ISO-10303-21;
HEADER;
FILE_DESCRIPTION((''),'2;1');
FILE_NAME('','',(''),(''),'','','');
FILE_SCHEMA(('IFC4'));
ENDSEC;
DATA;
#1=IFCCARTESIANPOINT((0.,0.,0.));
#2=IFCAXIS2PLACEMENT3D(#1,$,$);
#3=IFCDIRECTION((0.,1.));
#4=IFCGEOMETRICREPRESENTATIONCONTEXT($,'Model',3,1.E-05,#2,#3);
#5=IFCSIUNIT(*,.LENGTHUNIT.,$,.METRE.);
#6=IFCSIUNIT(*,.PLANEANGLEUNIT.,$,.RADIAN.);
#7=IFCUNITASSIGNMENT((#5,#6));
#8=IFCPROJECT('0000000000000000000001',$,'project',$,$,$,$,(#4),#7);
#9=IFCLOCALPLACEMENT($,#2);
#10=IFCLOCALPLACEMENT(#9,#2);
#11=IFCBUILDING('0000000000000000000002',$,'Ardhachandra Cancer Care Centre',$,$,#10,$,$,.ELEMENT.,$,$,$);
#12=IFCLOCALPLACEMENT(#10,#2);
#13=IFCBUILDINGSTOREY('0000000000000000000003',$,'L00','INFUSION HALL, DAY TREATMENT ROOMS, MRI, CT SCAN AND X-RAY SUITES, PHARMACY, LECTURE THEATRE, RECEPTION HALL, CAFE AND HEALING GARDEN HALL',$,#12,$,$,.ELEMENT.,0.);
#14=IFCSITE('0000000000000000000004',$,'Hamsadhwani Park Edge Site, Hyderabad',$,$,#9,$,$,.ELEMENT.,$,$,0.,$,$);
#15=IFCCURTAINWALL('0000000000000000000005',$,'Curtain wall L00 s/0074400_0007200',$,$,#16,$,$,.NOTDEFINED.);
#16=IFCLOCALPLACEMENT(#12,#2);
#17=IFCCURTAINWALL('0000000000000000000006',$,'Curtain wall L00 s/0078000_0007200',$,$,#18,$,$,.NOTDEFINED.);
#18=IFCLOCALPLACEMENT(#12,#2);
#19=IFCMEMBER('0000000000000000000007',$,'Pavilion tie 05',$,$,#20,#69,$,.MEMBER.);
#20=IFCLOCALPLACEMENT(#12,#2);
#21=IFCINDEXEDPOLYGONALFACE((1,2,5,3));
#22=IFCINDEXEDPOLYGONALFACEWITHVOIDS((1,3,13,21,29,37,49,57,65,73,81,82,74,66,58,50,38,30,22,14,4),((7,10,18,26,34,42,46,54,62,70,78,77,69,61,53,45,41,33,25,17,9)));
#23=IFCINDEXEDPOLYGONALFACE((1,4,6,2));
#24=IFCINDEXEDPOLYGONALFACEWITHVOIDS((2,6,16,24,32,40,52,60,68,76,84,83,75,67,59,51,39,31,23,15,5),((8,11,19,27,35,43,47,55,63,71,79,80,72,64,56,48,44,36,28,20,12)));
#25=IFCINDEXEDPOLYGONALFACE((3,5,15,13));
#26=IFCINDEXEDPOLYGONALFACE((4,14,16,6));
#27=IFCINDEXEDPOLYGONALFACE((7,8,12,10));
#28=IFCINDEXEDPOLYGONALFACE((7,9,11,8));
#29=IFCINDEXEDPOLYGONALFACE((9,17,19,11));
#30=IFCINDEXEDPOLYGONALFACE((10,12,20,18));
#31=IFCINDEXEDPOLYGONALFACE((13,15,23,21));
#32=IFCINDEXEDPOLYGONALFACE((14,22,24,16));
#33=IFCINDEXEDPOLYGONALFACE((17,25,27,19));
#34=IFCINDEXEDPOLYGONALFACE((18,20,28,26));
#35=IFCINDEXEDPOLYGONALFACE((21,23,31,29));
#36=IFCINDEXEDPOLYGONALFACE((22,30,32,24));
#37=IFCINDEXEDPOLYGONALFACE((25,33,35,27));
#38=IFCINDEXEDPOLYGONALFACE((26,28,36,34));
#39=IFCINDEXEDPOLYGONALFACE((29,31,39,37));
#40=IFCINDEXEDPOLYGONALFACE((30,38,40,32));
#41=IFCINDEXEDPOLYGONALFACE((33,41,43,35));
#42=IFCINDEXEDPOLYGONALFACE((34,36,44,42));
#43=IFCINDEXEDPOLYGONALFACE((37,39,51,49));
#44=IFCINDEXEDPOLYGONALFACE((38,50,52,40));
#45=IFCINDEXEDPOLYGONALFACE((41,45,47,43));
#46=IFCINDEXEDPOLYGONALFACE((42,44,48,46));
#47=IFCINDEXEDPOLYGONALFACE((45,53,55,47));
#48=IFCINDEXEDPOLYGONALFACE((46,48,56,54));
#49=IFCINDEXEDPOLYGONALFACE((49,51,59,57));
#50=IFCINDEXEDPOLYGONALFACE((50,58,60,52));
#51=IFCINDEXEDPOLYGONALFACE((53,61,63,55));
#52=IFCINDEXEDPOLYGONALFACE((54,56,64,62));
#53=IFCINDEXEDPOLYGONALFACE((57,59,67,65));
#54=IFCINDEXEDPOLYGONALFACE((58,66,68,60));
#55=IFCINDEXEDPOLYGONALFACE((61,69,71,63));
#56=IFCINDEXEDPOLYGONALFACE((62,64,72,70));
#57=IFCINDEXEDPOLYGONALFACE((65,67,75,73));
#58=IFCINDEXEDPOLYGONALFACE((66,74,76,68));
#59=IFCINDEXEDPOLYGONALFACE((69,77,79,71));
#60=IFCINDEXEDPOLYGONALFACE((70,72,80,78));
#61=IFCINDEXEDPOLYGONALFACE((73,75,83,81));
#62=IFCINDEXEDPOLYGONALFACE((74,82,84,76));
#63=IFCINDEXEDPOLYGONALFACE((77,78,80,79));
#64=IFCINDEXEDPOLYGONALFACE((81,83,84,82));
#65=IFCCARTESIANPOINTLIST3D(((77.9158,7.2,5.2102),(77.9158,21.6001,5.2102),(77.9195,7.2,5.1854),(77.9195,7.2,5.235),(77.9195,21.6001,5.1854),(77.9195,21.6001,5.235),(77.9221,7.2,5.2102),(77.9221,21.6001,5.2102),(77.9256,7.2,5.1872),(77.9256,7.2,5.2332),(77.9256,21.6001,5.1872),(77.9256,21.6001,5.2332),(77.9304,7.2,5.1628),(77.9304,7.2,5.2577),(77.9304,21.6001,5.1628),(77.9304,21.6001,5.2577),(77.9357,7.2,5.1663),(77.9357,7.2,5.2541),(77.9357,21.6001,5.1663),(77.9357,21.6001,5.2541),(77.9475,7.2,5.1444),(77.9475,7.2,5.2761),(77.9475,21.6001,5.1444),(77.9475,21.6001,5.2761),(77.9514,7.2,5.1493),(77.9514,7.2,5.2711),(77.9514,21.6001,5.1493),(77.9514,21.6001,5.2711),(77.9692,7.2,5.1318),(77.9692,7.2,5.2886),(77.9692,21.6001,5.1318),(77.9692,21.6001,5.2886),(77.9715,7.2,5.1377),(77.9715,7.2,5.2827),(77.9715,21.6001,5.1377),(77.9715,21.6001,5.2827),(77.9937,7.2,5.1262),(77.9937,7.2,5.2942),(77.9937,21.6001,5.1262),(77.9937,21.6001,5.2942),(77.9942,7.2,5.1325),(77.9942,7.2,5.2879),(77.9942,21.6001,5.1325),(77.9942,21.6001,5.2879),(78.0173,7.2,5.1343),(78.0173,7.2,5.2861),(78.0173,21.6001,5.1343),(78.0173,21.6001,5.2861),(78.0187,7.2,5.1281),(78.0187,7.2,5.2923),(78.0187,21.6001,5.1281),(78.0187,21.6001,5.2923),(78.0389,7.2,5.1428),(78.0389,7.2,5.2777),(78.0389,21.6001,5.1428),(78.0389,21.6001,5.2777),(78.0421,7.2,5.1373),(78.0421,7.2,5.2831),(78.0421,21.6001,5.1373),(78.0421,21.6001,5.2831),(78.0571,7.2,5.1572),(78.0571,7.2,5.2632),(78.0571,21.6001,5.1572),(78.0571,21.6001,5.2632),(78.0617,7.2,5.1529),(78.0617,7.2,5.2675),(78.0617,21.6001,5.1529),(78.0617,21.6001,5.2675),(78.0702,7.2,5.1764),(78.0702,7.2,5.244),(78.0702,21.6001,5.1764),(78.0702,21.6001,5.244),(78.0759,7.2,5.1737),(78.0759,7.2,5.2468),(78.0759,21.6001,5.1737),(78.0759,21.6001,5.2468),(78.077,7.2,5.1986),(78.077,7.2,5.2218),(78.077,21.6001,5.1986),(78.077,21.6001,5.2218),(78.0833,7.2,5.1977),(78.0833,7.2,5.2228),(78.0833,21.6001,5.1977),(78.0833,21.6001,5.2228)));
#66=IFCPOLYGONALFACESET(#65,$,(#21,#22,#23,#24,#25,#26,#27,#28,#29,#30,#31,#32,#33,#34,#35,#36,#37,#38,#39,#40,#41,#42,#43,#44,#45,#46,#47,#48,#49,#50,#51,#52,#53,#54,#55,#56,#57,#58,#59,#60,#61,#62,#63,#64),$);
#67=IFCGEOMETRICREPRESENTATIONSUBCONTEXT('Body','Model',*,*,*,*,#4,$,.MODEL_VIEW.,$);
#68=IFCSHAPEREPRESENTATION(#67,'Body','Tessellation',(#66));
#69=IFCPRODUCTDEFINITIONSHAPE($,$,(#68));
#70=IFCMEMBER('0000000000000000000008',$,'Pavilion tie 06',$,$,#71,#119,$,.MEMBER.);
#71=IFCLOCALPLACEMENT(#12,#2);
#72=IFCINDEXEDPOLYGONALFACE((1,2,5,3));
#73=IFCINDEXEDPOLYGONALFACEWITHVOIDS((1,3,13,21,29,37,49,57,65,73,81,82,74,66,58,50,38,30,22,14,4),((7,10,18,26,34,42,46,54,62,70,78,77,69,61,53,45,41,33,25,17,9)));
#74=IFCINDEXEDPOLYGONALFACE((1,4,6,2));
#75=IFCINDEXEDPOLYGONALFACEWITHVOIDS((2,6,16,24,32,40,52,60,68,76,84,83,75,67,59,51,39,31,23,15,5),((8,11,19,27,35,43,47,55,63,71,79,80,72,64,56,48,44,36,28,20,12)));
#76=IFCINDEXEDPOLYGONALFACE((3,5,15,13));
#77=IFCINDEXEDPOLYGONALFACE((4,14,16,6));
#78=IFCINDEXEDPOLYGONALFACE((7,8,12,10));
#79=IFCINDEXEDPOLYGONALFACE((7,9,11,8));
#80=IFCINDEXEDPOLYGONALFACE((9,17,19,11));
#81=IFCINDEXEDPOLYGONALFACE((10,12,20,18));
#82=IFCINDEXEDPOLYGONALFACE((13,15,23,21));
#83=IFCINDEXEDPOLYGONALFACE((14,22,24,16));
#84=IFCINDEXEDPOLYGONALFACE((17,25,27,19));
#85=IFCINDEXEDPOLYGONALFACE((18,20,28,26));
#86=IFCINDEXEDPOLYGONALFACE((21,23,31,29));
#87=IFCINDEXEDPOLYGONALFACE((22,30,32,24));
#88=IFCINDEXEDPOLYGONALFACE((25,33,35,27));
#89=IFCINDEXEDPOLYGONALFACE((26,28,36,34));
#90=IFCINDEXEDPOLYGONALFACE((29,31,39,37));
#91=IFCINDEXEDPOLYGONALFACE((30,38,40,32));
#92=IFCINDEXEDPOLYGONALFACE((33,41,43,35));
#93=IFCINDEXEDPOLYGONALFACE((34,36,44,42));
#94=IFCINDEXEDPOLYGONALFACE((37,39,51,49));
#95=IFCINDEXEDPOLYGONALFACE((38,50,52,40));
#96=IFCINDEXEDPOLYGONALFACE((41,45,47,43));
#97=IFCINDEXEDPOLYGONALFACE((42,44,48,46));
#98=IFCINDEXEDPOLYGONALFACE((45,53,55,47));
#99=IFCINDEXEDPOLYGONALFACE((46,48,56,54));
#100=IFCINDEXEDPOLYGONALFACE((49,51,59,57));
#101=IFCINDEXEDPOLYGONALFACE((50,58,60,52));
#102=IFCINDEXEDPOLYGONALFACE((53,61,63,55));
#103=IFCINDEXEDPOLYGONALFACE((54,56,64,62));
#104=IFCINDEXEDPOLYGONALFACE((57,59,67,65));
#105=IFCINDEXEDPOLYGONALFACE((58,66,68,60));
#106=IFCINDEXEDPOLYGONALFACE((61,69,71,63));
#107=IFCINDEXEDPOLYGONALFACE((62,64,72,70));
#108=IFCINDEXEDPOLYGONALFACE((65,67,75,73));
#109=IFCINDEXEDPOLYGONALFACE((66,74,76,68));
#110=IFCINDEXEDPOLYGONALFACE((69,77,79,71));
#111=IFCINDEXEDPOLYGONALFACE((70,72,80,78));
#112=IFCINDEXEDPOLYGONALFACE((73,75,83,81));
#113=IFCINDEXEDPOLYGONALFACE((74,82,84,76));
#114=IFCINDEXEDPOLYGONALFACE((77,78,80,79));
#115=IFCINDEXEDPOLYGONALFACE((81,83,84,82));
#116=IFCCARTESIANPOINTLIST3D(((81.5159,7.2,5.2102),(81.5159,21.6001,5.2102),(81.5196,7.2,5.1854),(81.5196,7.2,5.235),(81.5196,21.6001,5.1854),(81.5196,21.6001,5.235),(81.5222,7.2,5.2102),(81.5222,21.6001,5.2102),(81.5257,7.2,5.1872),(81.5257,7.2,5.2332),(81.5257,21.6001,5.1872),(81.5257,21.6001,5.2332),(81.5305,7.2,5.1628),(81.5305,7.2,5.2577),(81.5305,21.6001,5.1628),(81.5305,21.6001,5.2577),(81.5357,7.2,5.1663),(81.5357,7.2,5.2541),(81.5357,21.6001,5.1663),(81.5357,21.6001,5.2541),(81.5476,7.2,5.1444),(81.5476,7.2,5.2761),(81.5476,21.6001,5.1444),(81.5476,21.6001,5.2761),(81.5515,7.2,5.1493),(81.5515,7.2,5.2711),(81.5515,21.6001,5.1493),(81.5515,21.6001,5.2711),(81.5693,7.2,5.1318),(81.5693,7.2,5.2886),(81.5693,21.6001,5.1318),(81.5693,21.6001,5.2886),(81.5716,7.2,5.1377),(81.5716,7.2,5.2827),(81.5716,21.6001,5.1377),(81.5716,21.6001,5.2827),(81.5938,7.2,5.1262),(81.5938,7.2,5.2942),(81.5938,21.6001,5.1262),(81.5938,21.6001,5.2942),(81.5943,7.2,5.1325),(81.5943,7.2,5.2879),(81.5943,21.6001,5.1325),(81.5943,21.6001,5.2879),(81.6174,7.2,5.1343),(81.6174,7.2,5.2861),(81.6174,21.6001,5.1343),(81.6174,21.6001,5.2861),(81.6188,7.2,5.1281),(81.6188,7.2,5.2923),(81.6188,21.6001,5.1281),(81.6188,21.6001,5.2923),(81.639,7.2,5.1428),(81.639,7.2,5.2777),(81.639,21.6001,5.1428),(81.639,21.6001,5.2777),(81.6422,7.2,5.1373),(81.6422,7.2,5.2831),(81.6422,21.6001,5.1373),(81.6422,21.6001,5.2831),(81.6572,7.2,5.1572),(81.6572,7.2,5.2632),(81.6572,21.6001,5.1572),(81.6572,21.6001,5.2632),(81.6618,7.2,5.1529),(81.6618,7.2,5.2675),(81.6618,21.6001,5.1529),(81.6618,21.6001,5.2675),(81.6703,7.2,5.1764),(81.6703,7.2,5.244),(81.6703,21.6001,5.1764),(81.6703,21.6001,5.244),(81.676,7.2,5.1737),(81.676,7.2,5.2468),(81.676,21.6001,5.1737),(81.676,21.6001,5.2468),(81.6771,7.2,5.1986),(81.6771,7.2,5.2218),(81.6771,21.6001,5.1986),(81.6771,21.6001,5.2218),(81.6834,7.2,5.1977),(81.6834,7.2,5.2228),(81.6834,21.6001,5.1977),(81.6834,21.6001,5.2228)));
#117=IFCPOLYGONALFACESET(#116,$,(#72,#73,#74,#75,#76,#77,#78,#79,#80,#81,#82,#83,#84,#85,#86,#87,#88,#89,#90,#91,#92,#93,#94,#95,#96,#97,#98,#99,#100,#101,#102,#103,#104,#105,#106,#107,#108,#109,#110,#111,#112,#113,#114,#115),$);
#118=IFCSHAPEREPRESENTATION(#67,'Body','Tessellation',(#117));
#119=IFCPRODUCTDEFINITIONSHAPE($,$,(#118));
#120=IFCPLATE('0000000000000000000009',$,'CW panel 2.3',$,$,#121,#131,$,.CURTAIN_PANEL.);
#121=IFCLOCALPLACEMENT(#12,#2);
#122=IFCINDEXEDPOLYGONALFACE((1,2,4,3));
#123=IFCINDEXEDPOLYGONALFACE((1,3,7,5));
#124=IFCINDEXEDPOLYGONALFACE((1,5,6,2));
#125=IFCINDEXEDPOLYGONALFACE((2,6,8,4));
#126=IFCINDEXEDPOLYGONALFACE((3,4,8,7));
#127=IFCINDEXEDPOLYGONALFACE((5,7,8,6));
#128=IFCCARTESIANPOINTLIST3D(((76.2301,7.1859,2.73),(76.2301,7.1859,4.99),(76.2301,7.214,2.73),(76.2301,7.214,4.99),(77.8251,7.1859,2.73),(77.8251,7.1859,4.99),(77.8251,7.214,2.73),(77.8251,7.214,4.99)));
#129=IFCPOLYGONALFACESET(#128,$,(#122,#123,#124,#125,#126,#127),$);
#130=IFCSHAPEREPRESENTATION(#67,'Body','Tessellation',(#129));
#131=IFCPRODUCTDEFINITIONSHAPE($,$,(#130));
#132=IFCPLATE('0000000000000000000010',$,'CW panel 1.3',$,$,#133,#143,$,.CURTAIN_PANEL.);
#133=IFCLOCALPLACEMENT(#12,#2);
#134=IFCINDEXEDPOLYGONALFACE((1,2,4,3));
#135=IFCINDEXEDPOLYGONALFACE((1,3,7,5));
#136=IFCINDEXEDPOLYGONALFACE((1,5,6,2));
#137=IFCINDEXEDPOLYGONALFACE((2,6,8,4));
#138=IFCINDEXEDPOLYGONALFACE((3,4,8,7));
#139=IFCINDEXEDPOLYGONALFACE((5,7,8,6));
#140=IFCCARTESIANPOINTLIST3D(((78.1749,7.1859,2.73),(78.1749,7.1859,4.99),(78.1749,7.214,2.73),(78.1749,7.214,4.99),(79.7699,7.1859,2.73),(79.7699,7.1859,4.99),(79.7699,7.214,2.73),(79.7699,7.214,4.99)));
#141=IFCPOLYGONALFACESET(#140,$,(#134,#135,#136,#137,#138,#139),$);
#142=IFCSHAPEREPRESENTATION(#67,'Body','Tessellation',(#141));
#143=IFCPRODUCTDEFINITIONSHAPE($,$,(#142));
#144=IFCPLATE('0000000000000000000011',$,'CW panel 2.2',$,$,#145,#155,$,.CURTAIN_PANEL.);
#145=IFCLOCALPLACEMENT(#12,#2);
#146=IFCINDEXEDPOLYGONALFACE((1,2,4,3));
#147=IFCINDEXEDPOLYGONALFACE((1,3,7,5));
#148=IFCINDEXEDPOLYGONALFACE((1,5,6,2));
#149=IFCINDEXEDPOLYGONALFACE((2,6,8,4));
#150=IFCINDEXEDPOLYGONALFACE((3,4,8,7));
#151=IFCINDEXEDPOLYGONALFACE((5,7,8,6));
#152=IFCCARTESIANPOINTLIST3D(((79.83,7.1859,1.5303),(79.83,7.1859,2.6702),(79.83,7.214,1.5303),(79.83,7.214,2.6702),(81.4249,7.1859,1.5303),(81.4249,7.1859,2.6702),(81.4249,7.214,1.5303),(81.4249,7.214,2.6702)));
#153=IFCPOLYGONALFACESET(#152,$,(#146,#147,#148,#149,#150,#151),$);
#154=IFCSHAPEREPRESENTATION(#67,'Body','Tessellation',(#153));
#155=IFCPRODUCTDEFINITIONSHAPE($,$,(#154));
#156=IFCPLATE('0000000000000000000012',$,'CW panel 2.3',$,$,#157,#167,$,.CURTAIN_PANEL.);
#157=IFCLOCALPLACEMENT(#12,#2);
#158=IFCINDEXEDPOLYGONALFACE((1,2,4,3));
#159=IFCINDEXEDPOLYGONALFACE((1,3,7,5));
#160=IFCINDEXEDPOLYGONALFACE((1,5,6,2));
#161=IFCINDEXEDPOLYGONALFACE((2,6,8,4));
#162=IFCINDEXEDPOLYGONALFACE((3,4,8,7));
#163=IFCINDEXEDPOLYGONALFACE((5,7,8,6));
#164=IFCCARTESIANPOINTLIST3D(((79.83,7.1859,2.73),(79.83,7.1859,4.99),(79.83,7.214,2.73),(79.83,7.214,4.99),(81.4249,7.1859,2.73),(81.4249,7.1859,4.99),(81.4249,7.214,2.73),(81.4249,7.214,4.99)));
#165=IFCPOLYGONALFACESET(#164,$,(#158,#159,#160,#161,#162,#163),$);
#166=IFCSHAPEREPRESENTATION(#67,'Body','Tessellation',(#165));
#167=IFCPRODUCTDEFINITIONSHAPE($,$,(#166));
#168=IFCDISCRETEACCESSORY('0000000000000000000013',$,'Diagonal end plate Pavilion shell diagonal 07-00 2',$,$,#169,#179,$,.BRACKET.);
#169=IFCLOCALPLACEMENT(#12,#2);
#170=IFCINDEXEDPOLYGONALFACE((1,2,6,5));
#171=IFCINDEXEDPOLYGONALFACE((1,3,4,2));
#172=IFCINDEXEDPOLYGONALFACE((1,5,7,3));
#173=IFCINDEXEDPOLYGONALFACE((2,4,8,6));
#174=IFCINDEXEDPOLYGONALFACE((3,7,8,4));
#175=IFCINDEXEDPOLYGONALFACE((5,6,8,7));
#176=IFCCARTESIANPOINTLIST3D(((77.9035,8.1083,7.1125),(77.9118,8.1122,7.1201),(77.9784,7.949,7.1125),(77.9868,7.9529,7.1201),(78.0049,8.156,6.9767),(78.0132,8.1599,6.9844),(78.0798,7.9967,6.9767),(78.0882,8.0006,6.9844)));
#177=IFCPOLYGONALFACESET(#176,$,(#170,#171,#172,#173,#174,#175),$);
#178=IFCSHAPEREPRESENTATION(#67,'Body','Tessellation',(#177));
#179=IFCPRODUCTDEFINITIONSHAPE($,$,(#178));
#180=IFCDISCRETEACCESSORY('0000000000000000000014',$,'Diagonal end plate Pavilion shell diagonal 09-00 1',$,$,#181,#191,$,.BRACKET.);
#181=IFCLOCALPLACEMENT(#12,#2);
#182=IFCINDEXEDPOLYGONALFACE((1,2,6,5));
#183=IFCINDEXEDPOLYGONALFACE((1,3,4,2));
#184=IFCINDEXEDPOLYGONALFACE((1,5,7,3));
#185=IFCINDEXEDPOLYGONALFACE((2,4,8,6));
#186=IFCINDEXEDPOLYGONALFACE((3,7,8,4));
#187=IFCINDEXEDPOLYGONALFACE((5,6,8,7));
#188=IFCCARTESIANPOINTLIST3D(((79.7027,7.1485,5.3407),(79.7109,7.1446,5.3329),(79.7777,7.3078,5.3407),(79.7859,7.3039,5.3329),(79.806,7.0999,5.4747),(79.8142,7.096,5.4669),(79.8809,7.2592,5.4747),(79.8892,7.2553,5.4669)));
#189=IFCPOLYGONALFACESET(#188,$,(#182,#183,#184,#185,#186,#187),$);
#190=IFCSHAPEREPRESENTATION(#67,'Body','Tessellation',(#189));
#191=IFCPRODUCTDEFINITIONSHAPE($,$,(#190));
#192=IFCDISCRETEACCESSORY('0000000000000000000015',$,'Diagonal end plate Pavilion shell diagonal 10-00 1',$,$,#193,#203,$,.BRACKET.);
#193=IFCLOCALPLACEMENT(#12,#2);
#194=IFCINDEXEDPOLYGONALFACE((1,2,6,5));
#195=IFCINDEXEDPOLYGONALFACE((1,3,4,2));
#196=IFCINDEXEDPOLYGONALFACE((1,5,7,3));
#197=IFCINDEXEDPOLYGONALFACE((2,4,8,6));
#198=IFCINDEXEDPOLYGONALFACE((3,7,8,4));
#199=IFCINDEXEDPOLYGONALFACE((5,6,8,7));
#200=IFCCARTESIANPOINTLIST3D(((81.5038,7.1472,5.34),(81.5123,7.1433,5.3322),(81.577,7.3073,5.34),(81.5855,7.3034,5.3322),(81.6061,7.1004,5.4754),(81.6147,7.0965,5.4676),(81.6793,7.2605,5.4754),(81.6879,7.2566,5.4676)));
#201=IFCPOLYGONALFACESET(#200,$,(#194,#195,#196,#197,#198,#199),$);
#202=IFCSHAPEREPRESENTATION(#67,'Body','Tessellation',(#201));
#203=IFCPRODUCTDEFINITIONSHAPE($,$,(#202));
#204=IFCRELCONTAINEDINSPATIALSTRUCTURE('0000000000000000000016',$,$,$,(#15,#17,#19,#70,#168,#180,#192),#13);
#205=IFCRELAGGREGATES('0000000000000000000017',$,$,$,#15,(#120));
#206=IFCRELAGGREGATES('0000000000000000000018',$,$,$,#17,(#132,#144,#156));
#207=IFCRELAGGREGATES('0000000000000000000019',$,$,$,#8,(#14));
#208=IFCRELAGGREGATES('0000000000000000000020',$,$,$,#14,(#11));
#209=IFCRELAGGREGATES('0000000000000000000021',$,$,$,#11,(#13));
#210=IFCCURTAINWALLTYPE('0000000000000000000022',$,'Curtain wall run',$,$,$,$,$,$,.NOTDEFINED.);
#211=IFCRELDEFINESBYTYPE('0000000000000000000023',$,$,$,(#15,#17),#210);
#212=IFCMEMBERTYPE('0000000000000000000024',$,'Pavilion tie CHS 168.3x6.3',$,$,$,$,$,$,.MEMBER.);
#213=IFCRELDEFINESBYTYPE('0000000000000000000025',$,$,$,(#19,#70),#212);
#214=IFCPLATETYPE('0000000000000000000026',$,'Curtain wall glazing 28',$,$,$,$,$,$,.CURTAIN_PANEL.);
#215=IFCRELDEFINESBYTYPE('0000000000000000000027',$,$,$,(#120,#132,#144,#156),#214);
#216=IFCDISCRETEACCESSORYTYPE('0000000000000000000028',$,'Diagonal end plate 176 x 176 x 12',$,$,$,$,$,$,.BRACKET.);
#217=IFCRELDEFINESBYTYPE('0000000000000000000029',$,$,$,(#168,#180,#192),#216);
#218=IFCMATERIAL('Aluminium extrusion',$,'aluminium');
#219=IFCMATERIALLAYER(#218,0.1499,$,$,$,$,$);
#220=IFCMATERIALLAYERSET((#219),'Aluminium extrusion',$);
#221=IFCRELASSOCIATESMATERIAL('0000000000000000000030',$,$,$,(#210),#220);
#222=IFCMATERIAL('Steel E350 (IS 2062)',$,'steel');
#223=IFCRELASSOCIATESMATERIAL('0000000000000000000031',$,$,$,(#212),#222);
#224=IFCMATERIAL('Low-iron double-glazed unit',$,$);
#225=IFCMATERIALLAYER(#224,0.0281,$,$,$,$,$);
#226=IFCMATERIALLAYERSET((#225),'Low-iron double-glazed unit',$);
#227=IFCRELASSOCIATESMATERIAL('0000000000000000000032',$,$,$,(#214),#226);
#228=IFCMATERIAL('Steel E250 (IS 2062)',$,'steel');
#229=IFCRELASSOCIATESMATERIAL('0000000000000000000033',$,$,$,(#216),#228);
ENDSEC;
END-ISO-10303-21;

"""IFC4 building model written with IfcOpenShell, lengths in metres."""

from ifc_helpers import new_model, si_unit, direction, frame, origin, origin_2d, place, context, subcontext, project, spatial, rectangle, hollow_circle, extrude, material, layer, layer_set, material_profile, profile_set, type_object, element, aggregate, save


model = new_model("IFC4")

# Units and contexts
model_context = context("Model", 3, precision=1e-05, world=origin(), true_north=direction((0.0, 1.0)))
body_context = subcontext(model_context, "Body", "Model", "MODEL_VIEW")
ifc_project = project(units=[si_unit("LENGTHUNIT", "METRE"), si_unit("PLANEANGLEUNIT", "RADIAN")], contexts=[model_context])

# Site, building, storey
site_placement = place(None, origin())
site = spatial("IfcSite", under=ifc_project, at=site_placement, Name="Hamsadhwani Park Edge Site, Hyderabad", CompositionType="ELEMENT", RefElevation=0.0)
building_placement = place(site_placement, origin())
building = spatial("IfcBuilding", under=site, at=building_placement, Name="Ardhachandra Cancer Care Centre", CompositionType="ELEMENT")
storey_placement = place(building_placement, origin())
storey = spatial("IfcBuildingStorey", under=building, at=storey_placement, Name="L00", Description="INFUSION HALL, DAY TREATMENT ROOMS, MRI, CT SCAN AND X-RAY SUITES, PHARMACY, LECTURE THEATRE, RECEPTION HALL, CAFE AND HEALING GARDEN HALL", CompositionType="ELEMENT", Elevation=0.0)

# Curtain walls
ifc_material_1 = material(Name="Aluminium extrusion", Category="aluminium")
ifc_layer_1 = layer(ifc_material_1, 0.1499)
ifc_layer_set_1 = layer_set([ifc_layer_1], Name="Aluminium extrusion")
curtain_wall_type = type_object("IfcCurtainWallType", Name="Curtain wall run", PredefinedType="NOTDEFINED", material=ifc_layer_set_1)
curtain_wall_1_placement = place(storey_placement, origin())
curtain_wall_1 = element("IfcCurtainWall", 1, at=curtain_wall_1_placement, inside=storey, type_object=curtain_wall_type, Name="Curtain wall L00 s/0074400_0007200", PredefinedType="NOTDEFINED")
curtain_wall_2_placement = place(storey_placement, origin())
curtain_wall_2 = element("IfcCurtainWall", 2, at=curtain_wall_2_placement, inside=storey, type_object=curtain_wall_type, Name="Curtain wall L00 s/0078000_0007200", PredefinedType="NOTDEFINED")

# Members
ifc_material_2 = material(Name="Steel E350 (IS 2062)", Category="steel")
ifc_material_profile_1 = material_profile(ifc_material_2, hollow_circle(Radius=0.0842, WallThickness=0.0063, at=origin_2d()), Name="CHS 168.3x6.3")
ifc_profile_set_1 = profile_set([ifc_material_profile_1], Name="Steel E350 (IS 2062)")
member_type_1 = type_object("IfcMemberType", Name="Pavilion tie CHS 168.3x6.3", PredefinedType="MEMBER", material=ifc_profile_set_1)
for number, where, z_axis, x_axis, name in (
    (3, (78.0, 7.2, 5.2102), (0.0, 1.0, 0.0), (-1.0, 0.0, 0.0), "Pavilion tie 05"),
    (4, (81.6001, 7.2, 5.2102), (0.0, 1.0, 0.0), (-1.0, 0.0, 0.0), "Pavilion tie 06"),
):
    element("IfcMember", number, at=place(storey_placement, frame(where, z_axis=z_axis, x_axis=x_axis)), inside=storey, type_object=member_type_1, Name=name, PredefinedType="MEMBER", context=body_context, shape_type="SweptSolid", body=[
        extrude(hollow_circle(Radius=0.0842, WallThickness=0.0063, at=origin_2d()), origin(), (0.0, 0.0, 1.0), 14.4001),
    ])

# Plates
ifc_material_3 = material(Name="Low-iron double-glazed unit")
ifc_layer_2 = layer(ifc_material_3, 0.0281)
ifc_layer_set_2 = layer_set([ifc_layer_2], Name="Low-iron double-glazed unit")
plate_type = type_object("IfcPlateType", Name="Curtain wall glazing 28", PredefinedType="CURTAIN_PANEL", material=ifc_layer_set_2)
plate_1_placement = place(storey_placement, frame((77.0276, 7.2, 2.73), z_axis=(0.0, 0.0, 1.0), x_axis=(1.0, 0.0, 0.0)))
plate_1 = element("IfcPlate", 5, at=plate_1_placement, type_object=plate_type, Name="CW panel 2.3", PredefinedType="CURTAIN_PANEL", context=body_context, shape_type="SweptSolid", body=[
    extrude(rectangle(XDim=1.595, YDim=0.0281, at=origin_2d()), origin(), (0.0, 0.0, 1.0), 2.26),
])
aggregate(curtain_wall_1, [plate_1])
plate_2_placement = place(storey_placement, frame((78.9724, 7.2, 2.73), z_axis=(0.0, 0.0, 1.0), x_axis=(1.0, 0.0, 0.0)))
plate_2 = element("IfcPlate", 6, at=plate_2_placement, type_object=plate_type, Name="CW panel 1.3", PredefinedType="CURTAIN_PANEL", context=body_context, shape_type="SweptSolid", body=[
    extrude(rectangle(XDim=1.595, YDim=0.0281, at=origin_2d()), origin(), (0.0, 0.0, 1.0), 2.26),
])
plate_3_placement = place(storey_placement, frame((80.6274, 7.2, 1.5303), z_axis=(0.0, 0.0, 1.0), x_axis=(1.0, 0.0, 0.0)))
plate_3 = element("IfcPlate", 7, at=plate_3_placement, type_object=plate_type, Name="CW panel 2.2", PredefinedType="CURTAIN_PANEL", context=body_context, shape_type="SweptSolid", body=[
    extrude(rectangle(XDim=1.595, YDim=0.0281, at=origin_2d()), origin(), (0.0, 0.0, 1.0), 1.1399),
])
plate_4_placement = place(storey_placement, frame((80.6274, 7.2, 2.73), z_axis=(0.0, 0.0, 1.0), x_axis=(1.0, 0.0, 0.0)))
plate_4 = element("IfcPlate", 8, at=plate_4_placement, type_object=plate_type, Name="CW panel 2.3", PredefinedType="CURTAIN_PANEL", context=body_context, shape_type="SweptSolid", body=[
    extrude(rectangle(XDim=1.595, YDim=0.0281, at=origin_2d()), origin(), (0.0, 0.0, 1.0), 2.26),
])
aggregate(curtain_wall_2, [plate_2, plate_3, plate_4])

# Discrete accessories
ifc_material_4 = material(Name="Steel E250 (IS 2062)", Category="steel")
ifc_material_profile_2 = material_profile(ifc_material_4, rectangle(XDim=0.176, YDim=0.176, at=origin_2d()), Name="PL 176x176x12")
ifc_profile_set_2 = profile_set([ifc_material_profile_2], Name="Steel E250 (IS 2062)")
discrete_accessory_type = type_object("IfcDiscreteAccessoryType", Name="Diagonal end plate 176 x 176 x 12", PredefinedType="BRACKET", material=ifc_profile_set_2)
for number, where, z_axis, x_axis, name in (
    (9, (78.0, 8.0564, 7.0522), (-0.697959, -0.328451, -0.636375), (0.425797, -0.904819, 0.0), "Diagonal end plate Pavilion shell diagonal 07-00 2"),
    (10, (79.8, 7.2, 5.3999), (-0.688875, 0.324176, 0.648353), (-0.425797, -0.904819, 0.0), "Diagonal end plate Pavilion shell diagonal 09-00 1"),
):
    element("IfcDiscreteAccessory", number, at=place(storey_placement, frame(where, z_axis=z_axis, x_axis=x_axis)), inside=storey, type_object=discrete_accessory_type, Name=name, PredefinedType="BRACKET", context=body_context, shape_type="SweptSolid", body=[
        extrude(rectangle(XDim=0.176, YDim=0.176, at=origin_2d()), origin(), (0.0, 0.0, 1.0), 0.012),
    ])
discrete_accessory_placement = place(storey_placement, frame((81.6001, 7.2, 5.3999), z_axis=(-0.699301, 0.31968, 0.639361), x_axis=(-0.41576, -0.909474, 0.0)))
element("IfcDiscreteAccessory", 11, at=discrete_accessory_placement, inside=storey, type_object=discrete_accessory_type, Name="Diagonal end plate Pavilion shell diagonal 10-00 1", PredefinedType="BRACKET", context=body_context, shape_type="SweptSolid", body=[
    extrude(rectangle(XDim=0.176, YDim=0.176, at=origin_2d()), origin(), (0.0, 0.0, 1.0), 0.0122),
])

save(model, "model.ifc")
